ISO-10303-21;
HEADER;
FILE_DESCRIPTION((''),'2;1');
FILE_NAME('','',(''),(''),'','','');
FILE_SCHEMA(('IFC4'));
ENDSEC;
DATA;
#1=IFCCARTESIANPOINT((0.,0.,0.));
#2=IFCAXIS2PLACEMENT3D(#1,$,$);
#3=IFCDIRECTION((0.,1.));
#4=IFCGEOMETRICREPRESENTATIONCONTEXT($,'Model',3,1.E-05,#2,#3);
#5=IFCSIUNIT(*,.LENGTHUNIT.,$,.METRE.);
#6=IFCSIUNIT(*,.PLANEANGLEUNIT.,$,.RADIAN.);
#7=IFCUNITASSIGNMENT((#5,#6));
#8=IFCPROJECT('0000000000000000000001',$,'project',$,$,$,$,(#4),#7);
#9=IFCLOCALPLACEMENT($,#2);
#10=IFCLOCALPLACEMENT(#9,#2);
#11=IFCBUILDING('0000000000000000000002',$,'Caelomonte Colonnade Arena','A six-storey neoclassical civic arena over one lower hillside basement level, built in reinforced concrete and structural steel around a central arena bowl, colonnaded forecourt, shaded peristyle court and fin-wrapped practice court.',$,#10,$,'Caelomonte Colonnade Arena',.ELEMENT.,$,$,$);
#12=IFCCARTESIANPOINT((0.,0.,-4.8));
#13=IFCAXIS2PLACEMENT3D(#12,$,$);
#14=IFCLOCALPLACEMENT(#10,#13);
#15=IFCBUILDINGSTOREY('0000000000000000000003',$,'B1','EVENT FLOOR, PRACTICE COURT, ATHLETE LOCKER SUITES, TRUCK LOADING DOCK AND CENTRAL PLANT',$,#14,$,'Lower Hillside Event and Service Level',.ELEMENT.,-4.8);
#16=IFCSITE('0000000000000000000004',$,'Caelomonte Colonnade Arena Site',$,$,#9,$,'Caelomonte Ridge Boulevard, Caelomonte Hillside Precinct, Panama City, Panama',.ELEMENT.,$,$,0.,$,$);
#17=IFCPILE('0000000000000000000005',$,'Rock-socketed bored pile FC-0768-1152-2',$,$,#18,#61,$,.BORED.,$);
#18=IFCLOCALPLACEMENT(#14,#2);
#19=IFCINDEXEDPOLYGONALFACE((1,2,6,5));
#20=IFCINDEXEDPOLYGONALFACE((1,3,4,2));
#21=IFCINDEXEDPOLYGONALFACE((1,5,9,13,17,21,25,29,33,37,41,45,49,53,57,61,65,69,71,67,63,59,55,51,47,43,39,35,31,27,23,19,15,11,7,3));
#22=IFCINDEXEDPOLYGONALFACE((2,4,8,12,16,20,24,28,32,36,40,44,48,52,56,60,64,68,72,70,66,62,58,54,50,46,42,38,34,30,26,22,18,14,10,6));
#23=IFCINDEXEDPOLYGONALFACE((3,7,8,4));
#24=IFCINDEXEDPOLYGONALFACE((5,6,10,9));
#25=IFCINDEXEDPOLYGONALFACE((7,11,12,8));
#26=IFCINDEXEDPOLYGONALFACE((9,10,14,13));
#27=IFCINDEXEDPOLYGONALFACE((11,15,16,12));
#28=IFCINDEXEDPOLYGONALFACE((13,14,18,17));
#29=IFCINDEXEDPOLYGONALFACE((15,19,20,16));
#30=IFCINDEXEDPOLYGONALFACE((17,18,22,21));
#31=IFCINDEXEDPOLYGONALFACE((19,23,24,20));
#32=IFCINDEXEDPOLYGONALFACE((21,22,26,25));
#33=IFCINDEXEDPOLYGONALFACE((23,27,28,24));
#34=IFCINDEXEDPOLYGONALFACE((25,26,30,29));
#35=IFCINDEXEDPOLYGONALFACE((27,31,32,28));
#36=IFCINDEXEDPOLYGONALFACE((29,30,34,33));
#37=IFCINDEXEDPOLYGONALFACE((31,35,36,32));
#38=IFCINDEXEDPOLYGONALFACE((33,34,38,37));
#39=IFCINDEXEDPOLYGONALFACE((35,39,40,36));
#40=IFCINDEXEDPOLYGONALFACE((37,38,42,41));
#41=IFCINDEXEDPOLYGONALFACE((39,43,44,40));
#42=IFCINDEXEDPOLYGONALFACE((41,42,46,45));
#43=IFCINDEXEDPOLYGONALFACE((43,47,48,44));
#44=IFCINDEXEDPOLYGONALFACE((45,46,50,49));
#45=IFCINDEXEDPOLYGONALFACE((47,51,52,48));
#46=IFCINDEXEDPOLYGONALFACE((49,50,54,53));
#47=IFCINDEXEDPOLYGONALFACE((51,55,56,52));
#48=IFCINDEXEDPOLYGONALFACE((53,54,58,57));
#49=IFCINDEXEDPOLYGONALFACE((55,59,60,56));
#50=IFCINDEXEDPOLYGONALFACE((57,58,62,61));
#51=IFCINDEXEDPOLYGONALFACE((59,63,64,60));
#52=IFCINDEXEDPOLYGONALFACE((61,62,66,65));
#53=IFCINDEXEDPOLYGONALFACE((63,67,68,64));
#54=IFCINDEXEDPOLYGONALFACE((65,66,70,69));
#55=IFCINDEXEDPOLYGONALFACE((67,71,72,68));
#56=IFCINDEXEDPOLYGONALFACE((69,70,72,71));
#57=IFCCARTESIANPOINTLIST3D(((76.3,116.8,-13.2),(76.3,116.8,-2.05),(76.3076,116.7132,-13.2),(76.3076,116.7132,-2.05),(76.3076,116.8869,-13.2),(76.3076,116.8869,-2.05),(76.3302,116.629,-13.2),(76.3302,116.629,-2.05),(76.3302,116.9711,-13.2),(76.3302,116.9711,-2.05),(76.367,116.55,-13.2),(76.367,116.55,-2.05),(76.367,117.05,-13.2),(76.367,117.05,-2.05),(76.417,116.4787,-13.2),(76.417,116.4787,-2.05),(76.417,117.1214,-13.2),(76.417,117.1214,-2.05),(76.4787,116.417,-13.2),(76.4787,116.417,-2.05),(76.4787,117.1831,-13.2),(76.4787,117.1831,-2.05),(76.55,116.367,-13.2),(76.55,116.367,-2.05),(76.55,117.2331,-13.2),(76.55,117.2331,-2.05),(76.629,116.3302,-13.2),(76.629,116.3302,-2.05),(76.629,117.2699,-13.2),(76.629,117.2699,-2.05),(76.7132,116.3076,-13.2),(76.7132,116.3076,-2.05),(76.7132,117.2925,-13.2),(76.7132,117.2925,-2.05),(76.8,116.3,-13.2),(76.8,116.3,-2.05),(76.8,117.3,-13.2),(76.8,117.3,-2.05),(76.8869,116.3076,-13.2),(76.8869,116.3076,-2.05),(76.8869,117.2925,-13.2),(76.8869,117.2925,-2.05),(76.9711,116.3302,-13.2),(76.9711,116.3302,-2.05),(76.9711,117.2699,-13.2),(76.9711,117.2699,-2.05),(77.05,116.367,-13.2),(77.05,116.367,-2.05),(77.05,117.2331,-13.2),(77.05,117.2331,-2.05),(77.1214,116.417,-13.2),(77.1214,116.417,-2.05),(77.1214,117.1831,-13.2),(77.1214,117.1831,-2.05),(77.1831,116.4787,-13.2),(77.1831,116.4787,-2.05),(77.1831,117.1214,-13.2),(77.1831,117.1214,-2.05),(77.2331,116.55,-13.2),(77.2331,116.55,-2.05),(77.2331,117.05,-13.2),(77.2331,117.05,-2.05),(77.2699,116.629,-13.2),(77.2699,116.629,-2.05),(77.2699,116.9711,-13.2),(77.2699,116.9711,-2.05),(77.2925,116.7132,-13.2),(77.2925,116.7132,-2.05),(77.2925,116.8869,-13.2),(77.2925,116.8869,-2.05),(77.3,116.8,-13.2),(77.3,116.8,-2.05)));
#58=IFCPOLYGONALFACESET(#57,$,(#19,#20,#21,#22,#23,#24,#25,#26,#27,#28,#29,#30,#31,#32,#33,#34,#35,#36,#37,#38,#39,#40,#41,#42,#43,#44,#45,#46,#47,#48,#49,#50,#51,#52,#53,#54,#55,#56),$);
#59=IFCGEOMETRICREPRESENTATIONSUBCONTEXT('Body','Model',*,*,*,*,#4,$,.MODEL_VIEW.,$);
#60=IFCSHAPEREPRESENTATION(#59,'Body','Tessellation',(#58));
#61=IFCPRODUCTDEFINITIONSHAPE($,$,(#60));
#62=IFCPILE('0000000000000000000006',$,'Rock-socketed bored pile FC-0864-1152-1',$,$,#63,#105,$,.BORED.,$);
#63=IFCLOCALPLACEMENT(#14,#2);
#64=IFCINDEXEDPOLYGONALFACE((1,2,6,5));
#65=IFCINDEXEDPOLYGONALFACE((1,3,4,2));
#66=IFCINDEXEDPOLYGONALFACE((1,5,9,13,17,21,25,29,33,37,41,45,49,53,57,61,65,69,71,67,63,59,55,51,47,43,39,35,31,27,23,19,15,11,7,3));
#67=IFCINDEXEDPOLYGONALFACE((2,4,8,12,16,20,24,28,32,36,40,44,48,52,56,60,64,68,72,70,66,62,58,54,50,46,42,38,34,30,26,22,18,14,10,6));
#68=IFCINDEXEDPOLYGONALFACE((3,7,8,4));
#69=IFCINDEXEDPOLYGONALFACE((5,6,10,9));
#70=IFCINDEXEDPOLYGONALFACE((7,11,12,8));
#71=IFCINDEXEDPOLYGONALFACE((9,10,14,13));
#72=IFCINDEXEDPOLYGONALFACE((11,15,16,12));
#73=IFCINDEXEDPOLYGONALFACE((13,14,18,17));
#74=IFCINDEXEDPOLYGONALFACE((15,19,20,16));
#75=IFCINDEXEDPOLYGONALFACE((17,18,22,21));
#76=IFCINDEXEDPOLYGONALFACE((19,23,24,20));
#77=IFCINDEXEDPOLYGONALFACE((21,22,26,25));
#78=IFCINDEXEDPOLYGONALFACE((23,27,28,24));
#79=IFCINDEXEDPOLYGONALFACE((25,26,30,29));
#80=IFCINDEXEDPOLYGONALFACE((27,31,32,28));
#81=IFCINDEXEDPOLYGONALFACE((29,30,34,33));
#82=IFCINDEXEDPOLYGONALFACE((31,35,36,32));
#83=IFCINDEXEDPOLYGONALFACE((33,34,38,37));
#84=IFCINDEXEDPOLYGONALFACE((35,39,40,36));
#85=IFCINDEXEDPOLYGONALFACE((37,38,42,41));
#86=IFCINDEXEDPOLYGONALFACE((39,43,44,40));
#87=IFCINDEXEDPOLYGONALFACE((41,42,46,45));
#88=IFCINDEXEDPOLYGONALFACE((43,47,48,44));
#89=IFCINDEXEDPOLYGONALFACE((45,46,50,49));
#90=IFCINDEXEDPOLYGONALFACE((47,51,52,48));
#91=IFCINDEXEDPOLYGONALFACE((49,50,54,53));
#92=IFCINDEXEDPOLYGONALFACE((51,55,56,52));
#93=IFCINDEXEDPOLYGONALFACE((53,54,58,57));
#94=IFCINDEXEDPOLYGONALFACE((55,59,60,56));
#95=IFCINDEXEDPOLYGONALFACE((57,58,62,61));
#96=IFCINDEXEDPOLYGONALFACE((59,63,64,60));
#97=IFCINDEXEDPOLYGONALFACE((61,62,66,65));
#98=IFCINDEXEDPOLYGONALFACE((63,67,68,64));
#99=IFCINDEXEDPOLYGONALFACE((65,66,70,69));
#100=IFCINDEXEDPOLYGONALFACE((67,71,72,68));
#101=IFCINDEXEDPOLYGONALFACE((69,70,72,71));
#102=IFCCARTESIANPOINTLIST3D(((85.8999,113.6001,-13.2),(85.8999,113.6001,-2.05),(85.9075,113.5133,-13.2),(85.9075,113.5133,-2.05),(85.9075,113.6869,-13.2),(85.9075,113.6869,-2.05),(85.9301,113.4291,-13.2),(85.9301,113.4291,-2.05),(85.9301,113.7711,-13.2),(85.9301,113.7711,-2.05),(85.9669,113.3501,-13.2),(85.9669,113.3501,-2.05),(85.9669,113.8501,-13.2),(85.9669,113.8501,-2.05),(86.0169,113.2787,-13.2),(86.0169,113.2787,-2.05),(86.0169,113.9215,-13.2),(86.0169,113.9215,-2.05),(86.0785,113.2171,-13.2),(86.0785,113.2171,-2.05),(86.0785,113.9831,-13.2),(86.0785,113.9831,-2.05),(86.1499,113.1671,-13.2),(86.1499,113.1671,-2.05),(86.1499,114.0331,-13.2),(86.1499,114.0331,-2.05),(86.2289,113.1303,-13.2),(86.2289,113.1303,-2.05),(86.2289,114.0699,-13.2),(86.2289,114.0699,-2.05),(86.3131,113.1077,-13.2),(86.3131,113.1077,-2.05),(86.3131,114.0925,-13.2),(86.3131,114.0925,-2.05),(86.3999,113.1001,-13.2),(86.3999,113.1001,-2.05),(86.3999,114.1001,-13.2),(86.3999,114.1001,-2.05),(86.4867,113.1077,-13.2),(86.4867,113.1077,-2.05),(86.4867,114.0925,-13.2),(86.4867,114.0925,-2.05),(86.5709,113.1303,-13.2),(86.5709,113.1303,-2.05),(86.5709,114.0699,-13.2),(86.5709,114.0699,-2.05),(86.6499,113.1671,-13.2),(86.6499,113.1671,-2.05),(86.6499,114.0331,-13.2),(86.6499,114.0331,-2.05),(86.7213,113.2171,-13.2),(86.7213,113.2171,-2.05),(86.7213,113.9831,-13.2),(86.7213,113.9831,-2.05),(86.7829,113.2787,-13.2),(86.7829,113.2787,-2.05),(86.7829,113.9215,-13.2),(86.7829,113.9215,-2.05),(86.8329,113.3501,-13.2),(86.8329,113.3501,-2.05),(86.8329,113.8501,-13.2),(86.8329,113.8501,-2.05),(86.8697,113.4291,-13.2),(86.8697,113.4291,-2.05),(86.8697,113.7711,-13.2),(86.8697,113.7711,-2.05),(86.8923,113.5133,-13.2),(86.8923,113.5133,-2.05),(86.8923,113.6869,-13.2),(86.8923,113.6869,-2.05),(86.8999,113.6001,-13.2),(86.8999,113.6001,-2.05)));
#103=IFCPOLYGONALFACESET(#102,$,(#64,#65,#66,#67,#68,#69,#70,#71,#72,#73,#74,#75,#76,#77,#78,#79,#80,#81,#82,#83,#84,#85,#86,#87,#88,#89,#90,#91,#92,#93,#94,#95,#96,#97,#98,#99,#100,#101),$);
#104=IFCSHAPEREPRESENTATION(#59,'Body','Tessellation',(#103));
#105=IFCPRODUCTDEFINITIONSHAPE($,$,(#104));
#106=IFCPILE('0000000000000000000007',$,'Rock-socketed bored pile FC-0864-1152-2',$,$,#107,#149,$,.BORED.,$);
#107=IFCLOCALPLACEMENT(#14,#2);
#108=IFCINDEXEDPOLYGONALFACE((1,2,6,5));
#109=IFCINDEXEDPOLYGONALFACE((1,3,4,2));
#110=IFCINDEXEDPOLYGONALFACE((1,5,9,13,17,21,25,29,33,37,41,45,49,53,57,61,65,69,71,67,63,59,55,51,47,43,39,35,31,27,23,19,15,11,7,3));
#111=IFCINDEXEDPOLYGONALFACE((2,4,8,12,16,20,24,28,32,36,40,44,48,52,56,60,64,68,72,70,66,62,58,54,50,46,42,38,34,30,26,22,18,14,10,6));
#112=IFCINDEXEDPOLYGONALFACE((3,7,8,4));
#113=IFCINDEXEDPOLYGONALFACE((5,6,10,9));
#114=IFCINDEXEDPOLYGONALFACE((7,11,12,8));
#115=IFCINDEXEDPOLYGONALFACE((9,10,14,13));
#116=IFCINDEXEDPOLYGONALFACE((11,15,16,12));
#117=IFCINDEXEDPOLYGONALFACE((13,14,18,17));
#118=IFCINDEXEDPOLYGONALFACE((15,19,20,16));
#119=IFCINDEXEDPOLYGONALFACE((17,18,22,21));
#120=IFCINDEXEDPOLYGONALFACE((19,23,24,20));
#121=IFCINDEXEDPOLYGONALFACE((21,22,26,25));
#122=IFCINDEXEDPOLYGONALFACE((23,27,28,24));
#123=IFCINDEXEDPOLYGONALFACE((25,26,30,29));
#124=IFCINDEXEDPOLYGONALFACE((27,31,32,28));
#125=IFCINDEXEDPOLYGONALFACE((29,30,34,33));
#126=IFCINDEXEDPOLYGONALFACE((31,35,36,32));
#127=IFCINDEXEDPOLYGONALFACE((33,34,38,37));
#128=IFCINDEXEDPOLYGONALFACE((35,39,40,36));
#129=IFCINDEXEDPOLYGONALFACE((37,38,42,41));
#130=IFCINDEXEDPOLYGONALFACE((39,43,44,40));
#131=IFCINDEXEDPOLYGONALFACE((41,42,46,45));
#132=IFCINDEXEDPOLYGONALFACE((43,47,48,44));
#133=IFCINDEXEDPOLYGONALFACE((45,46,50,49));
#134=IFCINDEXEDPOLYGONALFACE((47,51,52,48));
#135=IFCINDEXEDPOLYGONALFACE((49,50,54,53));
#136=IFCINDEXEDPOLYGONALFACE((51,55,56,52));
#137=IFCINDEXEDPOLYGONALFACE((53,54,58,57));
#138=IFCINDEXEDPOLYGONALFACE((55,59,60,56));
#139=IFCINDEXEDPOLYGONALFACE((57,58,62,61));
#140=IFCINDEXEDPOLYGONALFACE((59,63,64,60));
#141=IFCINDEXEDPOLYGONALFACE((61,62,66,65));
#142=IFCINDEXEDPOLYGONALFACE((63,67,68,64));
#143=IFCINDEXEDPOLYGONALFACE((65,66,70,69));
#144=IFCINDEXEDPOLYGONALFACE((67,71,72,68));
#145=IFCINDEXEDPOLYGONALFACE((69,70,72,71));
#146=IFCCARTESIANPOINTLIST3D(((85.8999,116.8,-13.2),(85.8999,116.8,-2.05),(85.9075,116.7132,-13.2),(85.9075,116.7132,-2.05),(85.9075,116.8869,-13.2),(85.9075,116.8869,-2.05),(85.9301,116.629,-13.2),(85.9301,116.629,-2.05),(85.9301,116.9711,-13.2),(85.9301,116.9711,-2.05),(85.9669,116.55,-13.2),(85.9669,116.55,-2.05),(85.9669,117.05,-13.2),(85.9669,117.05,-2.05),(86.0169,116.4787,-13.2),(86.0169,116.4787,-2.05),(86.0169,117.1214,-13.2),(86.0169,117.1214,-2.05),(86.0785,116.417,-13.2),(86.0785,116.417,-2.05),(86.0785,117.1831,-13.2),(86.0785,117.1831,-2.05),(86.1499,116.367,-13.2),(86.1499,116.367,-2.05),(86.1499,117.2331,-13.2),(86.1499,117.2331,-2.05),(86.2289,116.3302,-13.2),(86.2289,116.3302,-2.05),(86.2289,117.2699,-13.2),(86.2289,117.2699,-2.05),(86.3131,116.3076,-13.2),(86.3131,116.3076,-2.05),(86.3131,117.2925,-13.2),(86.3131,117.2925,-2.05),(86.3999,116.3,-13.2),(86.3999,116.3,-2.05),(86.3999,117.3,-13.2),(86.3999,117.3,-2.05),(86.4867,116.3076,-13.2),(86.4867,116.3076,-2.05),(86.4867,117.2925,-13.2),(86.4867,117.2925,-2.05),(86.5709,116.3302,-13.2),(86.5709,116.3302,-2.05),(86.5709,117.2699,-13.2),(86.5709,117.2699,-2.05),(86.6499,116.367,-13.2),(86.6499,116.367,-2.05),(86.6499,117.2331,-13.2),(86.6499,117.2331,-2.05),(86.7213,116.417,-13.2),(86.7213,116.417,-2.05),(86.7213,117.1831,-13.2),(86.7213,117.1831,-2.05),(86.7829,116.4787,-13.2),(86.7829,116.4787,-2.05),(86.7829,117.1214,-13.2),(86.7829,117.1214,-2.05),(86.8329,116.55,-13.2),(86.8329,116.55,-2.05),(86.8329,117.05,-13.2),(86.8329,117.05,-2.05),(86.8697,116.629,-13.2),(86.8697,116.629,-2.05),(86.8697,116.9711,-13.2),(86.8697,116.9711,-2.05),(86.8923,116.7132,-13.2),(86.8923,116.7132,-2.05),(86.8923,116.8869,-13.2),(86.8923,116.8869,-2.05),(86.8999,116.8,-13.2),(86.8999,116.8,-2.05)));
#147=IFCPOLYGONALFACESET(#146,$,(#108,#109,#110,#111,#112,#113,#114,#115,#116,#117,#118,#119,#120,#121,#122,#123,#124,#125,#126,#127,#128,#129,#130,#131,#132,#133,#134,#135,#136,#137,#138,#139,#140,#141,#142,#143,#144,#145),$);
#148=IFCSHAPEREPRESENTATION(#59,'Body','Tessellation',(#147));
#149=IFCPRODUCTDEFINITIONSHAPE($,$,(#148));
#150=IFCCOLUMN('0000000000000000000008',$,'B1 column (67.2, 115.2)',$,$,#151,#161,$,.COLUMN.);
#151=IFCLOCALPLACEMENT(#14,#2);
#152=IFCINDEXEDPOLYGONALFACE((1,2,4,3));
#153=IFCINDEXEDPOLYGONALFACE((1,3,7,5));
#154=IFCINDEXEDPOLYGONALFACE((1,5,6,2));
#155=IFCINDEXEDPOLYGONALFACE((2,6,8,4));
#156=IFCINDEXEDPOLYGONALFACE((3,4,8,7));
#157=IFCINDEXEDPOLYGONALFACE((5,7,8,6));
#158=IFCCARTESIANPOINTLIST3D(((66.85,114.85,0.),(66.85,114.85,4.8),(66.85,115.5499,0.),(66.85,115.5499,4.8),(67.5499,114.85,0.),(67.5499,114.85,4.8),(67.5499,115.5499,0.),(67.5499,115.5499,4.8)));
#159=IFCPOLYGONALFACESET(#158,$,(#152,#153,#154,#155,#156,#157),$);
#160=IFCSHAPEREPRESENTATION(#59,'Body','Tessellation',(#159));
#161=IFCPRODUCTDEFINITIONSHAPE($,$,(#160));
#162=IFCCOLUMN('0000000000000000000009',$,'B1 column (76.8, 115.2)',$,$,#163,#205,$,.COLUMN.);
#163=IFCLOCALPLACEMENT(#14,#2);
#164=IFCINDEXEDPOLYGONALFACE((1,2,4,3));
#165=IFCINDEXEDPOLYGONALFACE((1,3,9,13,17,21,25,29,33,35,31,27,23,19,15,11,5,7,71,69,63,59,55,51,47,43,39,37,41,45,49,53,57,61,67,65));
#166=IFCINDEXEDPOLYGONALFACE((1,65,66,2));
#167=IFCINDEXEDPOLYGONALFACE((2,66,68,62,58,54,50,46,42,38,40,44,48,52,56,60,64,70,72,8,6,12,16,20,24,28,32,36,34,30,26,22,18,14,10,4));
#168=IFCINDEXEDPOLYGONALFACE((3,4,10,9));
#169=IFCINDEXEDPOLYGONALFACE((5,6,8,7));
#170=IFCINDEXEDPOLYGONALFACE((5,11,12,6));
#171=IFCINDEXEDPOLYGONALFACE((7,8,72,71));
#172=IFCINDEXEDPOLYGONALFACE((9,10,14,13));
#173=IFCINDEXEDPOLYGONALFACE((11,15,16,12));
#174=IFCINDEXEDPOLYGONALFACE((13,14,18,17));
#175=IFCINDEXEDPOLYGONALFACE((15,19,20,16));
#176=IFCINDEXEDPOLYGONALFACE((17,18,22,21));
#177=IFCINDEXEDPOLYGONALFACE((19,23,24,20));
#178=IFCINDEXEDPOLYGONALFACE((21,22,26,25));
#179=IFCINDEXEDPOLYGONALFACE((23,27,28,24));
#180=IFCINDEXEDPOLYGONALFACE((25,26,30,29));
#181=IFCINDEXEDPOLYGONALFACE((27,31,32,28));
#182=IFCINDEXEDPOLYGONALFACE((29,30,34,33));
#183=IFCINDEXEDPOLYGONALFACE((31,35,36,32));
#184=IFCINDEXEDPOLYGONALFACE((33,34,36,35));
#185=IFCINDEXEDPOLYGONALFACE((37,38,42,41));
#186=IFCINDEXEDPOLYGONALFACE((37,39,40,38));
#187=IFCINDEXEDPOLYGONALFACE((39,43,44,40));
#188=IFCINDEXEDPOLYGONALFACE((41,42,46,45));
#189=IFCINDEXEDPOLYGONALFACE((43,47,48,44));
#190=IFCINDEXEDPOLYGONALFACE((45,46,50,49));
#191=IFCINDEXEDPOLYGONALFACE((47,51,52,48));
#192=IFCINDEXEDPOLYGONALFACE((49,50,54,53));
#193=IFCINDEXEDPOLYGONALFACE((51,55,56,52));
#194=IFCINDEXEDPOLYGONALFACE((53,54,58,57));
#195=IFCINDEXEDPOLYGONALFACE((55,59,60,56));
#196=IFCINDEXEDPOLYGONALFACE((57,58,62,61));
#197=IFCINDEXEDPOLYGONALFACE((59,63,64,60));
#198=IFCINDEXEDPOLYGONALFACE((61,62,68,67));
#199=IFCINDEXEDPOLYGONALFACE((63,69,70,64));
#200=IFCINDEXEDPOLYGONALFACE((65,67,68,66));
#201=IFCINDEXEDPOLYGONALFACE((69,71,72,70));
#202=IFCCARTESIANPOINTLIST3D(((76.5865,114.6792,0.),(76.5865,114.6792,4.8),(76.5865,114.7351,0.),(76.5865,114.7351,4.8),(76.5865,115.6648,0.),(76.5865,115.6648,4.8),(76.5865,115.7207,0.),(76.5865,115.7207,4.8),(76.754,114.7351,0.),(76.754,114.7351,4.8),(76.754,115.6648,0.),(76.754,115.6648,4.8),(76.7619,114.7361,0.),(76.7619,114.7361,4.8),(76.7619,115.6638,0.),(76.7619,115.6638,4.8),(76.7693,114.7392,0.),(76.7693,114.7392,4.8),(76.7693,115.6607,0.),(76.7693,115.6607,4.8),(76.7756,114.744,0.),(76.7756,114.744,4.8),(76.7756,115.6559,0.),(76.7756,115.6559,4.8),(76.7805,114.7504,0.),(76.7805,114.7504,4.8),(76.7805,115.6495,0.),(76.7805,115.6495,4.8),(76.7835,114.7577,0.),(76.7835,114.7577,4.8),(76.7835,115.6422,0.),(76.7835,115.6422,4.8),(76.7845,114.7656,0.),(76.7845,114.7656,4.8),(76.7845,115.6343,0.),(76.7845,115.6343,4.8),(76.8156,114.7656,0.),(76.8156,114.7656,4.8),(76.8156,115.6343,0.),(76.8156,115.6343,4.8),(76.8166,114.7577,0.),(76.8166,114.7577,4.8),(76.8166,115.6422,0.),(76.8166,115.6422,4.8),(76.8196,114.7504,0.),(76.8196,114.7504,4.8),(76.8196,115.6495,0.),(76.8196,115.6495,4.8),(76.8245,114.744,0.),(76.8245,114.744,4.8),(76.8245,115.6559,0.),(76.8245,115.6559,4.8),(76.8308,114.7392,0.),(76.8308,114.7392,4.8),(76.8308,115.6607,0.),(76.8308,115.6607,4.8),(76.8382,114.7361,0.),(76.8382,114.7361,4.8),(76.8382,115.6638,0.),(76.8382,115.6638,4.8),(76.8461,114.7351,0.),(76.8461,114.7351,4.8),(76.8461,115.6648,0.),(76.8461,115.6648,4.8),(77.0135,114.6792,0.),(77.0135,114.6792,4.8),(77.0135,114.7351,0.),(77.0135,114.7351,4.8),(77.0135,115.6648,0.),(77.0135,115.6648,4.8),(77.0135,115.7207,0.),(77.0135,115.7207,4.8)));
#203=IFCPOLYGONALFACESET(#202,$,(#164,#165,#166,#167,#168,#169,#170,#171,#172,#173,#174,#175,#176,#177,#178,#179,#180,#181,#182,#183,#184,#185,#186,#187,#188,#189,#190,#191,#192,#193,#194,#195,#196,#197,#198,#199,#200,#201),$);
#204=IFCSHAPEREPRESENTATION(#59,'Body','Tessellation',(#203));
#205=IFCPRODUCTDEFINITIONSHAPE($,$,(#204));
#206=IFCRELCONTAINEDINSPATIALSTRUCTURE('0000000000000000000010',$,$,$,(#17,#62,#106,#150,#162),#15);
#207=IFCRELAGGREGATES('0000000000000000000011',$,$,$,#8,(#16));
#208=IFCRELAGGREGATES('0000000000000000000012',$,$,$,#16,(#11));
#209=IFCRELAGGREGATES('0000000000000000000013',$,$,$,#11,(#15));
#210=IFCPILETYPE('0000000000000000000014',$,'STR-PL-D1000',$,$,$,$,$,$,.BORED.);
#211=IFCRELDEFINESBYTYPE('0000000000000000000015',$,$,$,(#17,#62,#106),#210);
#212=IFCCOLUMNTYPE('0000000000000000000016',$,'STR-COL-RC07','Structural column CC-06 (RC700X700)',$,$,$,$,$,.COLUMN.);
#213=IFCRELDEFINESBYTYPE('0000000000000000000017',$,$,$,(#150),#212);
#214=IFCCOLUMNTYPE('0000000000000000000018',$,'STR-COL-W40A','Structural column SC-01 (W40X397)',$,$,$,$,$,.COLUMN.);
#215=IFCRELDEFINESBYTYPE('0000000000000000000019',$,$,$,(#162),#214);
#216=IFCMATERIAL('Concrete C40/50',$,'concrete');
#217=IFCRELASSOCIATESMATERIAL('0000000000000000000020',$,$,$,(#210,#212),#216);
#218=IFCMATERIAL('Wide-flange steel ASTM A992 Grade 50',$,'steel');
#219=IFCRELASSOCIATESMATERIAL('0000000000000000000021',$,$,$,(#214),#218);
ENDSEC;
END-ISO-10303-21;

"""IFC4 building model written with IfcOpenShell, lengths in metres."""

from ifc_helpers import new_model, si_unit, direction, frame, origin, origin_2d, place, context, subcontext, project, spatial, rectangle, circle, i_section, extrude, material, material_profile, profile_set, type_object, element, save


model = new_model("IFC4")

# Units and contexts
model_context = context("Model", 3, precision=1e-05, world=origin(), true_north=direction((0.0, 1.0)))
body_context = subcontext(model_context, "Body", "Model", "MODEL_VIEW")
ifc_project = project(units=[si_unit("LENGTHUNIT", "METRE"), si_unit("PLANEANGLEUNIT", "RADIAN")], contexts=[model_context])

# Site, building, storey
site_placement = place(None, origin())
site = spatial("IfcSite", under=ifc_project, at=site_placement, Name="Caelomonte Colonnade Arena Site", LongName="Caelomonte Ridge Boulevard, Caelomonte Hillside Precinct, Panama City, Panama", CompositionType="ELEMENT", RefElevation=0.0)
building_placement = place(site_placement, origin())
building = spatial("IfcBuilding", under=site, at=building_placement, Name="Caelomonte Colonnade Arena", Description="A six-storey neoclassical civic arena over one lower hillside basement level, built in reinforced concrete and structural steel around a central arena bowl, colonnaded forecourt, shaded peristyle court and fin-wrapped practice court.", LongName="Caelomonte Colonnade Arena", CompositionType="ELEMENT")
storey_placement = place(building_placement, frame((0.0, 0.0, -4.8)))
storey = spatial("IfcBuildingStorey", under=building, at=storey_placement, Name="B1", Description="EVENT FLOOR, PRACTICE COURT, ATHLETE LOCKER SUITES, TRUCK LOADING DOCK AND CENTRAL PLANT", LongName="Lower Hillside Event and Service Level", CompositionType="ELEMENT", Elevation=-4.8)

# Shared definitions
ifc_material_1 = material(Name="Concrete C40/50", Category="concrete")

# Piles
ifc_material_profile_1 = material_profile(ifc_material_1, circle(Radius=0.5, at=origin_2d()), Name="PILE-D1000")
ifc_profile_set_1 = profile_set([ifc_material_profile_1], Name="Concrete C40/50")
pile_type = type_object("IfcPileType", Name="STR-PL-D1000", PredefinedType="BORED", material=ifc_profile_set_1)
for number, where, z_axis, x_axis, name in (
    (1, (76.8, 116.8, -2.05), (0.0, 0.0, -1.0), (1.0, 0.0, 0.0), "Rock-socketed bored pile FC-0768-1152-2"),
    (2, (86.3999, 113.6001, -2.05), (0.0, 0.0, -1.0), (1.0, 0.0, 0.0), "Rock-socketed bored pile FC-0864-1152-1"),
    (3, (86.3999, 116.8, -2.05), (0.0, 0.0, -1.0), (1.0, 0.0, 0.0), "Rock-socketed bored pile FC-0864-1152-2"),
):
    element("IfcPile", number, at=place(storey_placement, frame(where, z_axis=z_axis, x_axis=x_axis)), inside=storey, type_object=pile_type, Name=name, PredefinedType="BORED", context=body_context, shape_type="SweptSolid", body=[
        extrude(circle(Radius=0.5, at=origin_2d()), origin(), (0.0, 0.0, 1.0), 11.1499),
    ])

# Columns
ifc_material_profile_2 = material_profile(ifc_material_1, rectangle(XDim=0.7, YDim=0.7, at=origin_2d()), Name="RC700X700")
ifc_profile_set_2 = profile_set([ifc_material_profile_2], Name="Concrete C40/50")
column_type_1 = type_object("IfcColumnType", Name="STR-COL-RC07", Description="Structural column CC-06 (RC700X700)", PredefinedType="COLUMN", material=ifc_profile_set_2)
column_1_placement = place(storey_placement, frame((67.2, 115.2, 0.0), z_axis=(0.0, 0.0, 1.0), x_axis=(1.0, 0.0, 0.0)))
element("IfcColumn", 4, at=column_1_placement, inside=storey, type_object=column_type_1, Name="B1 column (67.2, 115.2)", PredefinedType="COLUMN", context=body_context, shape_type="SweptSolid", body=[
    extrude(rectangle(XDim=0.7, YDim=0.7, at=origin_2d()), origin(), (0.0, 0.0, 1.0), 4.8),
])
ifc_material_2 = material(Name="Wide-flange steel ASTM A992 Grade 50", Category="steel")
ifc_material_profile_3 = material_profile(ifc_material_2, i_section(OverallWidth=0.427, OverallDepth=1.0415, WebThickness=0.031, FlangeThickness=0.0559, FilletRadius=0.0305, at=origin_2d()), Name="W40X397")
ifc_profile_set_3 = profile_set([ifc_material_profile_3], Name="Wide-flange steel ASTM A992 Grade 50")
column_type_2 = type_object("IfcColumnType", Name="STR-COL-W40A", Description="Structural column SC-01 (W40X397)", PredefinedType="COLUMN", material=ifc_profile_set_3)
column_2_placement = place(storey_placement, frame((76.8, 115.2, 0.0), z_axis=(0.0, 0.0, 1.0), x_axis=(1.0, 0.0, 0.0)))
element("IfcColumn", 5, at=column_2_placement, inside=storey, type_object=column_type_2, Name="B1 column (76.8, 115.2)", PredefinedType="COLUMN", context=body_context, shape_type="SweptSolid", body=[
    extrude(i_section(OverallWidth=0.427, OverallDepth=1.0415, WebThickness=0.031, FlangeThickness=0.0559, FilletRadius=0.0305, at=origin_2d()), origin(), (0.0, 0.0, 1.0), 4.8),
])

save(model, "model.ifc")
